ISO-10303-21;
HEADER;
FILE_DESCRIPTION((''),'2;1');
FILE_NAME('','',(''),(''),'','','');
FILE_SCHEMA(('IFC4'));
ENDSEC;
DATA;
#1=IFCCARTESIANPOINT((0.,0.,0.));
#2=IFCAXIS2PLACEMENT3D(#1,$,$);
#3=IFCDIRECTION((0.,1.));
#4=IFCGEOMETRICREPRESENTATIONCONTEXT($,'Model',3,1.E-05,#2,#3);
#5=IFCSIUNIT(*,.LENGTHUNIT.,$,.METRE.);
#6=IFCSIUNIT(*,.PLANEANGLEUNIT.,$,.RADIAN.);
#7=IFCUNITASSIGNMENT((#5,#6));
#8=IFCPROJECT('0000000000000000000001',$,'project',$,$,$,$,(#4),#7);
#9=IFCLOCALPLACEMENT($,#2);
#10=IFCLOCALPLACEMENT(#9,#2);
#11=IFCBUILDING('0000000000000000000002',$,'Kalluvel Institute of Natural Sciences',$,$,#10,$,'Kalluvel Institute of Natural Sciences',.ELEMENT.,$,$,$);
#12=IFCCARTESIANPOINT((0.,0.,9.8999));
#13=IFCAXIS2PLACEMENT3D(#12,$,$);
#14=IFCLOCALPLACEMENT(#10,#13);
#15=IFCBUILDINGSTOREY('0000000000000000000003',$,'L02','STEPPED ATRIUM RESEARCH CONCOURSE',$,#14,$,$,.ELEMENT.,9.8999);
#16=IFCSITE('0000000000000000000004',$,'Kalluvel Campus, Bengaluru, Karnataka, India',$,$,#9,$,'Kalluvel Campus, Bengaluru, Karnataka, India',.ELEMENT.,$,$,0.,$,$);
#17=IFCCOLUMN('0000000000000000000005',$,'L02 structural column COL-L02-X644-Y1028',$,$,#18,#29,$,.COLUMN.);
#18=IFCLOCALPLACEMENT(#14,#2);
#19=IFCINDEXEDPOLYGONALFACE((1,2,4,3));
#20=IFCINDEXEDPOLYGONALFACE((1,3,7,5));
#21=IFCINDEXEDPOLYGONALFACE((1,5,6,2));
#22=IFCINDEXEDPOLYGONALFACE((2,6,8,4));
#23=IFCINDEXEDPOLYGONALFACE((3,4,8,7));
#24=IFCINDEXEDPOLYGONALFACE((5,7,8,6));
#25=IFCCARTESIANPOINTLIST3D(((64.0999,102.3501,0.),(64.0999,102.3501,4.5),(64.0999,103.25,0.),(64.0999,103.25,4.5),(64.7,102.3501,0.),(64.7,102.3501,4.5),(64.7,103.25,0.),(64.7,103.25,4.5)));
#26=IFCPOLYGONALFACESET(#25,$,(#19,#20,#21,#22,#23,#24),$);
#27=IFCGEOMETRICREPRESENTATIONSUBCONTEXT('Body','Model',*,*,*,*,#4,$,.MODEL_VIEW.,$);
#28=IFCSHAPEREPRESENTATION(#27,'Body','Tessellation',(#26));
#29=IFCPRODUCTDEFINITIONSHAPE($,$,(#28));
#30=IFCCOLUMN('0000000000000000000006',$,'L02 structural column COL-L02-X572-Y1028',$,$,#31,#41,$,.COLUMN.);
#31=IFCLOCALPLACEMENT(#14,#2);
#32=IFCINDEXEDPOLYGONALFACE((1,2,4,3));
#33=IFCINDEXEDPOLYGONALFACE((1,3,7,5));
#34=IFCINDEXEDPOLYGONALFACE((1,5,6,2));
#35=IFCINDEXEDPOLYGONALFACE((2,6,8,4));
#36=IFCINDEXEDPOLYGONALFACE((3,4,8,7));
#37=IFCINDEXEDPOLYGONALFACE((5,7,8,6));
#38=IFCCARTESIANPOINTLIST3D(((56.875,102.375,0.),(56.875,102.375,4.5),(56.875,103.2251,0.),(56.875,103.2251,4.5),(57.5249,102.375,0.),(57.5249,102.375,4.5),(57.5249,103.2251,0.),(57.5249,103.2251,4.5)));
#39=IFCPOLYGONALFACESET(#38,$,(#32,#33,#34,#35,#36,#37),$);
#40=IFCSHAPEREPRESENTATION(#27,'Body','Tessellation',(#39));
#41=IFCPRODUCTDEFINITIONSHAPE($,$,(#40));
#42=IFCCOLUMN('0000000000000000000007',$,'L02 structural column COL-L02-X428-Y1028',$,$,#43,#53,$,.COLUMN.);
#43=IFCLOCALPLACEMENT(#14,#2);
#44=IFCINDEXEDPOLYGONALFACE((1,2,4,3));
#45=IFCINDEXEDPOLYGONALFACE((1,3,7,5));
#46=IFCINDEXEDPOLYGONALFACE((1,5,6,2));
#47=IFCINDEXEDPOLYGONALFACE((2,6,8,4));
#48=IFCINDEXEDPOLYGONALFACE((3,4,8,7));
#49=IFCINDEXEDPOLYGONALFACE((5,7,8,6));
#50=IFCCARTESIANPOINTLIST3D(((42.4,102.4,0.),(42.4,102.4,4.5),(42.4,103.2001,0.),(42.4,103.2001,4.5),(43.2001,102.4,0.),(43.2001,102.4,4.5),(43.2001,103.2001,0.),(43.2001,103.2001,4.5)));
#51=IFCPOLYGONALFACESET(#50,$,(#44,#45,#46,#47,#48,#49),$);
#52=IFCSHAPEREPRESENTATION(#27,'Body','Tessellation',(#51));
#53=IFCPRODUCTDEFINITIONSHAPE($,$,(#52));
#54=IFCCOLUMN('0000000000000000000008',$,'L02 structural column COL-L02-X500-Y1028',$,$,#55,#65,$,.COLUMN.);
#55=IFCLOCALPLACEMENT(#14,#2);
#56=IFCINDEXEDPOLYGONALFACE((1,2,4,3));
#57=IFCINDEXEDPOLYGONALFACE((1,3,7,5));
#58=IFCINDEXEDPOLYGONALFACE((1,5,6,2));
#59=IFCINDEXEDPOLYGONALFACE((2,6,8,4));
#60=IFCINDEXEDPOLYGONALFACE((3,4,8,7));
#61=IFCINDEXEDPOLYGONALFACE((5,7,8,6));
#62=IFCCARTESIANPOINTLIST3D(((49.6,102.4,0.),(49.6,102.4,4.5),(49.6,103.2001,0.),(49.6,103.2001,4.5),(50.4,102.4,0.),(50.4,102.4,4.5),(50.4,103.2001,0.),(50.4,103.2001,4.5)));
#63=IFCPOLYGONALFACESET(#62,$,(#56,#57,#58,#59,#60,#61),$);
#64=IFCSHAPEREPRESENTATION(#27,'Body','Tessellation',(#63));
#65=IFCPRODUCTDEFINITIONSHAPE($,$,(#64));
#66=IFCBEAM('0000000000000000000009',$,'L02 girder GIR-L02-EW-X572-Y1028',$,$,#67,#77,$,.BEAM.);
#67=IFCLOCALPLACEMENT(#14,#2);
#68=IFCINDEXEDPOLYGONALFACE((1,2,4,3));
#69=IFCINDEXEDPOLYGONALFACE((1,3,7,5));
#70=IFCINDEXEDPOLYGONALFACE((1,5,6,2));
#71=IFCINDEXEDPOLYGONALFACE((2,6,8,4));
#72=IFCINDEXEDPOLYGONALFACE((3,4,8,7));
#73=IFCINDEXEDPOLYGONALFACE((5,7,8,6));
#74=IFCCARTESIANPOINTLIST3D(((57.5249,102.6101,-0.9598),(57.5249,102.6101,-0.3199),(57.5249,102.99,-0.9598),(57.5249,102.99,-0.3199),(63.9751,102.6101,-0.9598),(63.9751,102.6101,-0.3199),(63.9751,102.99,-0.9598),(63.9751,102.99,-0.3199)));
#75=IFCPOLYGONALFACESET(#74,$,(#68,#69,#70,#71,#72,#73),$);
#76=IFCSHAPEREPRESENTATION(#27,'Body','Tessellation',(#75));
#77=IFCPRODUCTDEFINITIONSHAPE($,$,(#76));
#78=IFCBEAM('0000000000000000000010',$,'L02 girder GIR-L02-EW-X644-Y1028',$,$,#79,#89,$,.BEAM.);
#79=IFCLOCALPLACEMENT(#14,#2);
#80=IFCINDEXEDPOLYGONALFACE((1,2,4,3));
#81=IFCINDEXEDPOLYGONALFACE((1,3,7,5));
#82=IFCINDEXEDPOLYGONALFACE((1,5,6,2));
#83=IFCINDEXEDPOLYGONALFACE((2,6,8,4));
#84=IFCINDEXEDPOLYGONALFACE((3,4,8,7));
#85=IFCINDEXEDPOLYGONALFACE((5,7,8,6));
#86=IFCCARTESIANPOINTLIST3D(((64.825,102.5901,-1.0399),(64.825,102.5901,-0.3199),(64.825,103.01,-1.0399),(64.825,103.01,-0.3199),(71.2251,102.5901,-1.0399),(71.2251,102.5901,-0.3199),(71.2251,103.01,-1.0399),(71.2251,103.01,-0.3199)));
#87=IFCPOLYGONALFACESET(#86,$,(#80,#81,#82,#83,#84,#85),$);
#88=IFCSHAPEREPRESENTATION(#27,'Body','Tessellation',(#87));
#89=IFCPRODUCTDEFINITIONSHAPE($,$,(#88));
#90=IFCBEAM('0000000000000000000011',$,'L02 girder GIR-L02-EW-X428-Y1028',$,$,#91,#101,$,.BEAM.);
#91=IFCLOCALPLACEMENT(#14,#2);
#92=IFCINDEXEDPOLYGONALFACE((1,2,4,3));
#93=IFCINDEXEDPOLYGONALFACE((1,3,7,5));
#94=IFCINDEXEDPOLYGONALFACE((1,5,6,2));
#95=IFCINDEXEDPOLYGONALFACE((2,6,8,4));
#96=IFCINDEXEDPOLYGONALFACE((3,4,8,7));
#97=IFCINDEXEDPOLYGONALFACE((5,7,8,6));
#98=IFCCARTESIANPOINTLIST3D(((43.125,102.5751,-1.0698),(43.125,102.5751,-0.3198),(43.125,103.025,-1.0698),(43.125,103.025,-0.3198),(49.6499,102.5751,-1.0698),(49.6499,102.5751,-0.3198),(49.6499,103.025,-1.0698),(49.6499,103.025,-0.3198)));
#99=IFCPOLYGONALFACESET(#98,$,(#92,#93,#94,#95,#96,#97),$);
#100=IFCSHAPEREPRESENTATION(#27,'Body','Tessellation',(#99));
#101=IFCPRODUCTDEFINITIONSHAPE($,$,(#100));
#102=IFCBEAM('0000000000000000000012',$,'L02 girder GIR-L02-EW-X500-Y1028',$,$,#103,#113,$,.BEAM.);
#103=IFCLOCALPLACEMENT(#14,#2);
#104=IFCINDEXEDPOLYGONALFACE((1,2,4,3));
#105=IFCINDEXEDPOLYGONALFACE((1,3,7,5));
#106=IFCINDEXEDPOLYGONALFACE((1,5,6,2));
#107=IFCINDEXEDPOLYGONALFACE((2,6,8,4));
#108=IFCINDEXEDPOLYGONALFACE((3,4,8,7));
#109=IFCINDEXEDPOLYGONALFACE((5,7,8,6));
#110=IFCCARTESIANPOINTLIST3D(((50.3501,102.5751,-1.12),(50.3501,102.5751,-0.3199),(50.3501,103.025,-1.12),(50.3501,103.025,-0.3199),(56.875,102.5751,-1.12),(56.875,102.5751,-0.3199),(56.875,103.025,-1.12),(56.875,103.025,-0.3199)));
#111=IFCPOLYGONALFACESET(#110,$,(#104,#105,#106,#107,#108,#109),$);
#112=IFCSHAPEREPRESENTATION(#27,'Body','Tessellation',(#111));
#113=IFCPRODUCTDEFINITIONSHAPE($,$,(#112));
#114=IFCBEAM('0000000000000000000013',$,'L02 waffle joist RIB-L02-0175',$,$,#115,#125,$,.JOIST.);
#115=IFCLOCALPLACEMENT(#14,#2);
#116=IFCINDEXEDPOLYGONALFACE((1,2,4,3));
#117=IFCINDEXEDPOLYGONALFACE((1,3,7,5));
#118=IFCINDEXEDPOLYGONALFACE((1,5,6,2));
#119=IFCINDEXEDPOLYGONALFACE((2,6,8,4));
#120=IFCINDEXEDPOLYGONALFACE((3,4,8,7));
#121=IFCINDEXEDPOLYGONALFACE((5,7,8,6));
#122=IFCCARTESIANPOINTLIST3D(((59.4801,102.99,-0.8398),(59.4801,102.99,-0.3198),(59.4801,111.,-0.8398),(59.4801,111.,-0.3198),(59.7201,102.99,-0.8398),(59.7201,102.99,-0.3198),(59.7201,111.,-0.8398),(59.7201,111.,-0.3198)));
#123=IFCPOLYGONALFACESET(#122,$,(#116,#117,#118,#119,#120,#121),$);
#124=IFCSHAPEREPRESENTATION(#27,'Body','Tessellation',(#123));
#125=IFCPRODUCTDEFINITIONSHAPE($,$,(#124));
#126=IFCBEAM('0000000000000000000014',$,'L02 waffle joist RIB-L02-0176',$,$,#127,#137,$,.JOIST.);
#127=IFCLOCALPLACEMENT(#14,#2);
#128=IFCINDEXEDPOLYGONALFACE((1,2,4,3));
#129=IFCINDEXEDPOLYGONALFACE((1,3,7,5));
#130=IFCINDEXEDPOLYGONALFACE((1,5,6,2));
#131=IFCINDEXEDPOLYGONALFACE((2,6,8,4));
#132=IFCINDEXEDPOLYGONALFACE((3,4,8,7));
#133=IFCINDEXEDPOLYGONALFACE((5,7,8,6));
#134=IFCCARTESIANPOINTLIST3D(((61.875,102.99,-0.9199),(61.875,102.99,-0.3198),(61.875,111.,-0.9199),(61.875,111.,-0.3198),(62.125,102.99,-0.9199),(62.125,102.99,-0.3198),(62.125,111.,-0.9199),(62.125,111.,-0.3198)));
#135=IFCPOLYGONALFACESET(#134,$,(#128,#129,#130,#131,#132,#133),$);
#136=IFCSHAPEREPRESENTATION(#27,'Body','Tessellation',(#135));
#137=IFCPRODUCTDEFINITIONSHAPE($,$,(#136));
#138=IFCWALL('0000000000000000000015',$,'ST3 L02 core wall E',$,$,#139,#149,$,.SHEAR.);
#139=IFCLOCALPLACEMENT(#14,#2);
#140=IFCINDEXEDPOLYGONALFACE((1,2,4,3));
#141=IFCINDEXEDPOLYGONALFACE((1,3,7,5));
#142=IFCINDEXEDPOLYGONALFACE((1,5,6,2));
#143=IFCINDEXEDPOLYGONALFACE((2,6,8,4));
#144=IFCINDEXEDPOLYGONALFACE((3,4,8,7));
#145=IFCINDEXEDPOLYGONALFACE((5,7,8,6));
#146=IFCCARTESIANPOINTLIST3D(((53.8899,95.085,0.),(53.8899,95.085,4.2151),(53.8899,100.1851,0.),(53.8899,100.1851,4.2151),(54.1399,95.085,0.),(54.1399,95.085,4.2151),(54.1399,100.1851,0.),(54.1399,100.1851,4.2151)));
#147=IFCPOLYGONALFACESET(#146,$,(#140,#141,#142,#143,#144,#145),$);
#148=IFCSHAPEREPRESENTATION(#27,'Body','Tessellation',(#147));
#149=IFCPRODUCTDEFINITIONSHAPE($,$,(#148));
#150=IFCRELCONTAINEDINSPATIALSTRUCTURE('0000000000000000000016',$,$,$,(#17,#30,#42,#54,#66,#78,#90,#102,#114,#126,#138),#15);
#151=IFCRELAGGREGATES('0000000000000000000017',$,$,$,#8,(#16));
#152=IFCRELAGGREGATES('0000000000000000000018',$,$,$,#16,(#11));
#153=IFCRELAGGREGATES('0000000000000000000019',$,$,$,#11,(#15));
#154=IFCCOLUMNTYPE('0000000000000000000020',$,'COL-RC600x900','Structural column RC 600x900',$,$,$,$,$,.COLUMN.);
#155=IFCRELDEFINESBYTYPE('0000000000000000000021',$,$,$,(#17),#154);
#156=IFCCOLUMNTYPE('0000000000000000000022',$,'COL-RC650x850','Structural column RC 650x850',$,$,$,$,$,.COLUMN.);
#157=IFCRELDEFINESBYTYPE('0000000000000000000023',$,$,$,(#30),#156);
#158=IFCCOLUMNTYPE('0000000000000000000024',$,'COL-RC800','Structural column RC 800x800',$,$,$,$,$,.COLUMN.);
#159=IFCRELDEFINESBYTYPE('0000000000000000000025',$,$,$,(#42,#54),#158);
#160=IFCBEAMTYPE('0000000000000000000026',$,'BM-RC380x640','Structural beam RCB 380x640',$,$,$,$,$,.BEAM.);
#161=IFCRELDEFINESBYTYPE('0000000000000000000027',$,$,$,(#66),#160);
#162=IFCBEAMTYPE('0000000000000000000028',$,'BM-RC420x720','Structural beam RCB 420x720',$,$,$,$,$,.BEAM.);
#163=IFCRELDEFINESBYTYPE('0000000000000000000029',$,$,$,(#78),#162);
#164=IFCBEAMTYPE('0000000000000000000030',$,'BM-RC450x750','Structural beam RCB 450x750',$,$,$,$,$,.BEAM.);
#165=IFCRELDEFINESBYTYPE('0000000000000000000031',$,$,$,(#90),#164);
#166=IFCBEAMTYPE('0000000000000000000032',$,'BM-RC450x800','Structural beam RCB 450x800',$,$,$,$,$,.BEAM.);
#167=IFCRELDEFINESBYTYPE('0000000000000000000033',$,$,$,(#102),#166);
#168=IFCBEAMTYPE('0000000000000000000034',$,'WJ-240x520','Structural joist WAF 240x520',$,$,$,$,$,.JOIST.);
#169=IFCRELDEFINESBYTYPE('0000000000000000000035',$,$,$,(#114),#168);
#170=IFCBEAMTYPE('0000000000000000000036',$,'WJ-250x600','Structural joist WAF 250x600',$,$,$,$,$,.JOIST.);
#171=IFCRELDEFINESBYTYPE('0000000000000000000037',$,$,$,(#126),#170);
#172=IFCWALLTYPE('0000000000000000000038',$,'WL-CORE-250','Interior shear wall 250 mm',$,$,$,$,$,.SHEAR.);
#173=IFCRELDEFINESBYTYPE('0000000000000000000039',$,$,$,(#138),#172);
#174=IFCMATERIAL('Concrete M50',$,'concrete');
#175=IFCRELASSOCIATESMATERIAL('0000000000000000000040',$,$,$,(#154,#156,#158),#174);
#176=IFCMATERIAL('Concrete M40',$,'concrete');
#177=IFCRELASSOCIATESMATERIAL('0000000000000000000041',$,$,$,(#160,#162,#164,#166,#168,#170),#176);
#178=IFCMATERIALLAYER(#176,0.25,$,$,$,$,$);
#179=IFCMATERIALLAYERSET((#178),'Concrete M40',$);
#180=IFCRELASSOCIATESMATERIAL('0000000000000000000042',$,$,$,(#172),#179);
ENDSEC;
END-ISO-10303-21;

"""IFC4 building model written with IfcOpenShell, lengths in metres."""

from ifc_helpers import new_model, si_unit, direction, frame, frame_2d, origin, origin_2d, place, context, subcontext, project, spatial, rectangle, extrude, material, layer, layer_set, material_profile, profile_set, type_object, element, save


model = new_model("IFC4")

# Units and contexts
model_context = context("Model", 3, precision=1e-05, world=origin(), true_north=direction((0.0, 1.0)))
body_context = subcontext(model_context, "Body", "Model", "MODEL_VIEW")
ifc_project = project(units=[si_unit("LENGTHUNIT", "METRE"), si_unit("PLANEANGLEUNIT", "RADIAN")], contexts=[model_context])

# Site, building, storey
site_placement = place(None, origin())
site = spatial("IfcSite", under=ifc_project, at=site_placement, Name="Kalluvel Campus, Bengaluru, Karnataka, India", LongName="Kalluvel Campus, Bengaluru, Karnataka, India", CompositionType="ELEMENT", RefElevation=0.0)
building_placement = place(site_placement, origin())
building = spatial("IfcBuilding", under=site, at=building_placement, Name="Kalluvel Institute of Natural Sciences", LongName="Kalluvel Institute of Natural Sciences", CompositionType="ELEMENT")
storey_placement = place(building_placement, frame((0.0, 0.0, 9.8999)))
storey = spatial("IfcBuildingStorey", under=building, at=storey_placement, Name="L02", Description="STEPPED ATRIUM RESEARCH CONCOURSE", CompositionType="ELEMENT", Elevation=9.8999)

# Columns
ifc_material_1 = material(Name="Concrete M50", Category="concrete")
ifc_material_profile_1 = material_profile(ifc_material_1, rectangle(XDim=0.6001, YDim=0.8999, at=origin_2d()), Name="RC 600x900")
ifc_profile_set_1 = profile_set([ifc_material_profile_1], Name="Concrete M50")
column_type_1 = type_object("IfcColumnType", Name="COL-RC600x900", Description="Structural column RC 600x900", PredefinedType="COLUMN", material=ifc_profile_set_1)
column_1_placement = place(storey_placement, frame((64.3999, 102.8, 0.0), z_axis=(0.0, 0.0, 1.0), x_axis=(1.0, 0.0, 0.0)))
element("IfcColumn", 1, at=column_1_placement, inside=storey, type_object=column_type_1, Name="L02 structural column COL-L02-X644-Y1028", PredefinedType="COLUMN", context=body_context, shape_type="SweptSolid", body=[
    extrude(rectangle(XDim=0.6001, YDim=0.8999, at=origin_2d()), origin(), (0.0, 0.0, 1.0), 4.5),
])
ifc_material_profile_2 = material_profile(ifc_material_1, rectangle(XDim=0.6499, YDim=0.8501, at=origin_2d()), Name="RC 650x850")
ifc_profile_set_2 = profile_set([ifc_material_profile_2], Name="Concrete M50")
column_type_2 = type_object("IfcColumnType", Name="COL-RC650x850", Description="Structural column RC 650x850", PredefinedType="COLUMN", material=ifc_profile_set_2)
column_2_placement = place(storey_placement, frame((57.2, 102.8, 0.0), z_axis=(0.0, 0.0, 1.0), x_axis=(1.0, 0.0, 0.0)))
element("IfcColumn", 2, at=column_2_placement, inside=storey, type_object=column_type_2, Name="L02 structural column COL-L02-X572-Y1028", PredefinedType="COLUMN", context=body_context, shape_type="SweptSolid", body=[
    extrude(rectangle(XDim=0.6499, YDim=0.8501, at=origin_2d()), origin(), (0.0, 0.0, 1.0), 4.5),
])
ifc_material_profile_3 = material_profile(ifc_material_1, rectangle(XDim=0.8, YDim=0.8, at=origin_2d()), Name="RC 800x800")
ifc_profile_set_3 = profile_set([ifc_material_profile_3], Name="Concrete M50")
column_type_3 = type_object("IfcColumnType", Name="COL-RC800", Description="Structural column RC 800x800", PredefinedType="COLUMN", material=ifc_profile_set_3)
for number, where, z_axis, x_axis, name in (
    (3, (42.8, 102.8, 0.0), (0.0, 0.0, 1.0), (1.0, 0.0, 0.0), "L02 structural column COL-L02-X428-Y1028"),
    (4, (50.0, 102.8, 0.0), (0.0, 0.0, 1.0), (1.0, 0.0, 0.0), "L02 structural column COL-L02-X500-Y1028"),
):
    element("IfcColumn", number, at=place(storey_placement, frame(where, z_axis=z_axis, x_axis=x_axis)), inside=storey, type_object=column_type_3, Name=name, PredefinedType="COLUMN", context=body_context, shape_type="SweptSolid", body=[
        extrude(rectangle(XDim=0.8, YDim=0.8, at=origin_2d()), origin(), (0.0, 0.0, 1.0), 4.5),
    ])

# Beams
ifc_material_2 = material(Name="Concrete M40", Category="concrete")
ifc_material_profile_4 = material_profile(ifc_material_2, rectangle(XDim=0.3799, YDim=0.6399, at=origin_2d()), Name="RCB 380x640")
ifc_profile_set_4 = profile_set([ifc_material_profile_4], Name="Concrete M40")
beam_type_1 = type_object("IfcBeamType", Name="BM-RC380x640", Description="Structural beam RCB 380x640", PredefinedType="BEAM", material=ifc_profile_set_4)
beam_1_placement = place(storey_placement, frame((57.5249, 102.8, -0.6399), z_axis=(1.0, 0.0, 0.0), x_axis=(0.0, 1.0, 0.0)))
element("IfcBeam", 5, at=beam_1_placement, inside=storey, type_object=beam_type_1, Name="L02 girder GIR-L02-EW-X572-Y1028", PredefinedType="BEAM", context=body_context, shape_type="SweptSolid", body=[
    extrude(rectangle(XDim=0.3799, YDim=0.6399, at=origin_2d()), origin(), (0.0, 0.0, 1.0), 6.4502),
])
ifc_material_profile_5 = material_profile(ifc_material_2, rectangle(XDim=0.4199, YDim=0.72, at=origin_2d()), Name="RCB 420x720")
ifc_profile_set_5 = profile_set([ifc_material_profile_5], Name="Concrete M40")
beam_type_2 = type_object("IfcBeamType", Name="BM-RC420x720", Description="Structural beam RCB 420x720", PredefinedType="BEAM", material=ifc_profile_set_5)
beam_2_placement = place(storey_placement, frame((64.825, 102.8, -0.6799), z_axis=(1.0, 0.0, 0.0), x_axis=(0.0, 1.0, 0.0)))
element("IfcBeam", 6, at=beam_2_placement, inside=storey, type_object=beam_type_2, Name="L02 girder GIR-L02-EW-X644-Y1028", PredefinedType="BEAM", context=body_context, shape_type="SweptSolid", body=[
    extrude(rectangle(XDim=0.4199, YDim=0.72, at=origin_2d()), origin(), (0.0, 0.0, 1.0), 6.4001),
])
ifc_material_profile_6 = material_profile(ifc_material_2, rectangle(XDim=0.45, YDim=0.75, at=origin_2d()), Name="RCB 450x750")
ifc_profile_set_6 = profile_set([ifc_material_profile_6], Name="Concrete M40")
beam_type_3 = type_object("IfcBeamType", Name="BM-RC450x750", Description="Structural beam RCB 450x750", PredefinedType="BEAM", material=ifc_profile_set_6)
beam_3_placement = place(storey_placement, frame((43.125, 102.8, -0.6948), z_axis=(1.0, 0.0, 0.0), x_axis=(0.0, 1.0, 0.0)))
element("IfcBeam", 7, at=beam_3_placement, inside=storey, type_object=beam_type_3, Name="L02 girder GIR-L02-EW-X428-Y1028", PredefinedType="BEAM", context=body_context, shape_type="SweptSolid", body=[
    extrude(rectangle(XDim=0.45, YDim=0.75, at=origin_2d()), origin(), (0.0, 0.0, 1.0), 6.5249),
])
ifc_material_profile_7 = material_profile(ifc_material_2, rectangle(XDim=0.45, YDim=0.8, at=origin_2d()), Name="RCB 450x800")
ifc_profile_set_7 = profile_set([ifc_material_profile_7], Name="Concrete M40")
beam_type_4 = type_object("IfcBeamType", Name="BM-RC450x800", Description="Structural beam RCB 450x800", PredefinedType="BEAM", material=ifc_profile_set_7)
beam_4_placement = place(storey_placement, frame((50.3501, 102.8, -0.72), z_axis=(1.0, 0.0, 0.0), x_axis=(0.0, 1.0, 0.0)))
element("IfcBeam", 8, at=beam_4_placement, inside=storey, type_object=beam_type_4, Name="L02 girder GIR-L02-EW-X500-Y1028", PredefinedType="BEAM", context=body_context, shape_type="SweptSolid", body=[
    extrude(rectangle(XDim=0.45, YDim=0.8, at=origin_2d()), origin(), (0.0, 0.0, 1.0), 6.5249),
])
ifc_material_profile_8 = material_profile(ifc_material_2, rectangle(XDim=0.24, YDim=0.52, at=origin_2d()), Name="WAF 240x520")
ifc_profile_set_8 = profile_set([ifc_material_profile_8], Name="Concrete M40")
beam_type_5 = type_object("IfcBeamType", Name="WJ-240x520", Description="Structural joist WAF 240x520", PredefinedType="JOIST", material=ifc_profile_set_8)
beam_5_placement = place(storey_placement, frame((59.6001, 102.99, -0.5798), z_axis=(0.0, 1.0, 0.0), x_axis=(-1.0, 0.0, 0.0)))
element("IfcBeam", 9, at=beam_5_placement, inside=storey, type_object=beam_type_5, Name="L02 waffle joist RIB-L02-0175", PredefinedType="JOIST", context=body_context, shape_type="SweptSolid", body=[
    extrude(rectangle(XDim=0.24, YDim=0.52, at=origin_2d()), origin(), (0.0, 0.0, 1.0), 8.01),
])
ifc_material_profile_9 = material_profile(ifc_material_2, rectangle(XDim=0.25, YDim=0.6001, at=origin_2d()), Name="WAF 250x600")
ifc_profile_set_9 = profile_set([ifc_material_profile_9], Name="Concrete M40")
beam_type_6 = type_object("IfcBeamType", Name="WJ-250x600", Description="Structural joist WAF 250x600", PredefinedType="JOIST", material=ifc_profile_set_9)
beam_6_placement = place(storey_placement, frame((62.0, 102.99, -0.6199), z_axis=(0.0, 1.0, 0.0), x_axis=(-1.0, 0.0, 0.0)))
element("IfcBeam", 10, at=beam_6_placement, inside=storey, type_object=beam_type_6, Name="L02 waffle joist RIB-L02-0176", PredefinedType="JOIST", context=body_context, shape_type="SweptSolid", body=[
    extrude(rectangle(XDim=0.25, YDim=0.6001, at=origin_2d()), origin(), (0.0, 0.0, 1.0), 8.01),
])

# Wall
ifc_layer_1 = layer(ifc_material_2, 0.25)
ifc_layer_set_1 = layer_set([ifc_layer_1], Name="Concrete M40")
wall_type_1 = type_object("IfcWallType", Name="WL-CORE-250", Description="Interior shear wall 250 mm", PredefinedType="SHEAR", material=ifc_layer_set_1)
wall_1_placement = place(storey_placement, frame((54.0149, 95.085, 0.0), z_axis=(0.0, 0.0, 1.0), x_axis=(0.0, 1.0, 0.0)))
element("IfcWall", 11, at=wall_1_placement, inside=storey, type_object=wall_type_1, Name="ST3 L02 core wall E", PredefinedType="SHEAR", context=body_context, shape_type="SweptSolid", body=[
    extrude(rectangle(XDim=5.1001, YDim=0.25, at=frame_2d((2.55, 0.0))), origin(), (0.0, 0.0, 1.0), 4.2151),
])

save(model, "model.ifc")
